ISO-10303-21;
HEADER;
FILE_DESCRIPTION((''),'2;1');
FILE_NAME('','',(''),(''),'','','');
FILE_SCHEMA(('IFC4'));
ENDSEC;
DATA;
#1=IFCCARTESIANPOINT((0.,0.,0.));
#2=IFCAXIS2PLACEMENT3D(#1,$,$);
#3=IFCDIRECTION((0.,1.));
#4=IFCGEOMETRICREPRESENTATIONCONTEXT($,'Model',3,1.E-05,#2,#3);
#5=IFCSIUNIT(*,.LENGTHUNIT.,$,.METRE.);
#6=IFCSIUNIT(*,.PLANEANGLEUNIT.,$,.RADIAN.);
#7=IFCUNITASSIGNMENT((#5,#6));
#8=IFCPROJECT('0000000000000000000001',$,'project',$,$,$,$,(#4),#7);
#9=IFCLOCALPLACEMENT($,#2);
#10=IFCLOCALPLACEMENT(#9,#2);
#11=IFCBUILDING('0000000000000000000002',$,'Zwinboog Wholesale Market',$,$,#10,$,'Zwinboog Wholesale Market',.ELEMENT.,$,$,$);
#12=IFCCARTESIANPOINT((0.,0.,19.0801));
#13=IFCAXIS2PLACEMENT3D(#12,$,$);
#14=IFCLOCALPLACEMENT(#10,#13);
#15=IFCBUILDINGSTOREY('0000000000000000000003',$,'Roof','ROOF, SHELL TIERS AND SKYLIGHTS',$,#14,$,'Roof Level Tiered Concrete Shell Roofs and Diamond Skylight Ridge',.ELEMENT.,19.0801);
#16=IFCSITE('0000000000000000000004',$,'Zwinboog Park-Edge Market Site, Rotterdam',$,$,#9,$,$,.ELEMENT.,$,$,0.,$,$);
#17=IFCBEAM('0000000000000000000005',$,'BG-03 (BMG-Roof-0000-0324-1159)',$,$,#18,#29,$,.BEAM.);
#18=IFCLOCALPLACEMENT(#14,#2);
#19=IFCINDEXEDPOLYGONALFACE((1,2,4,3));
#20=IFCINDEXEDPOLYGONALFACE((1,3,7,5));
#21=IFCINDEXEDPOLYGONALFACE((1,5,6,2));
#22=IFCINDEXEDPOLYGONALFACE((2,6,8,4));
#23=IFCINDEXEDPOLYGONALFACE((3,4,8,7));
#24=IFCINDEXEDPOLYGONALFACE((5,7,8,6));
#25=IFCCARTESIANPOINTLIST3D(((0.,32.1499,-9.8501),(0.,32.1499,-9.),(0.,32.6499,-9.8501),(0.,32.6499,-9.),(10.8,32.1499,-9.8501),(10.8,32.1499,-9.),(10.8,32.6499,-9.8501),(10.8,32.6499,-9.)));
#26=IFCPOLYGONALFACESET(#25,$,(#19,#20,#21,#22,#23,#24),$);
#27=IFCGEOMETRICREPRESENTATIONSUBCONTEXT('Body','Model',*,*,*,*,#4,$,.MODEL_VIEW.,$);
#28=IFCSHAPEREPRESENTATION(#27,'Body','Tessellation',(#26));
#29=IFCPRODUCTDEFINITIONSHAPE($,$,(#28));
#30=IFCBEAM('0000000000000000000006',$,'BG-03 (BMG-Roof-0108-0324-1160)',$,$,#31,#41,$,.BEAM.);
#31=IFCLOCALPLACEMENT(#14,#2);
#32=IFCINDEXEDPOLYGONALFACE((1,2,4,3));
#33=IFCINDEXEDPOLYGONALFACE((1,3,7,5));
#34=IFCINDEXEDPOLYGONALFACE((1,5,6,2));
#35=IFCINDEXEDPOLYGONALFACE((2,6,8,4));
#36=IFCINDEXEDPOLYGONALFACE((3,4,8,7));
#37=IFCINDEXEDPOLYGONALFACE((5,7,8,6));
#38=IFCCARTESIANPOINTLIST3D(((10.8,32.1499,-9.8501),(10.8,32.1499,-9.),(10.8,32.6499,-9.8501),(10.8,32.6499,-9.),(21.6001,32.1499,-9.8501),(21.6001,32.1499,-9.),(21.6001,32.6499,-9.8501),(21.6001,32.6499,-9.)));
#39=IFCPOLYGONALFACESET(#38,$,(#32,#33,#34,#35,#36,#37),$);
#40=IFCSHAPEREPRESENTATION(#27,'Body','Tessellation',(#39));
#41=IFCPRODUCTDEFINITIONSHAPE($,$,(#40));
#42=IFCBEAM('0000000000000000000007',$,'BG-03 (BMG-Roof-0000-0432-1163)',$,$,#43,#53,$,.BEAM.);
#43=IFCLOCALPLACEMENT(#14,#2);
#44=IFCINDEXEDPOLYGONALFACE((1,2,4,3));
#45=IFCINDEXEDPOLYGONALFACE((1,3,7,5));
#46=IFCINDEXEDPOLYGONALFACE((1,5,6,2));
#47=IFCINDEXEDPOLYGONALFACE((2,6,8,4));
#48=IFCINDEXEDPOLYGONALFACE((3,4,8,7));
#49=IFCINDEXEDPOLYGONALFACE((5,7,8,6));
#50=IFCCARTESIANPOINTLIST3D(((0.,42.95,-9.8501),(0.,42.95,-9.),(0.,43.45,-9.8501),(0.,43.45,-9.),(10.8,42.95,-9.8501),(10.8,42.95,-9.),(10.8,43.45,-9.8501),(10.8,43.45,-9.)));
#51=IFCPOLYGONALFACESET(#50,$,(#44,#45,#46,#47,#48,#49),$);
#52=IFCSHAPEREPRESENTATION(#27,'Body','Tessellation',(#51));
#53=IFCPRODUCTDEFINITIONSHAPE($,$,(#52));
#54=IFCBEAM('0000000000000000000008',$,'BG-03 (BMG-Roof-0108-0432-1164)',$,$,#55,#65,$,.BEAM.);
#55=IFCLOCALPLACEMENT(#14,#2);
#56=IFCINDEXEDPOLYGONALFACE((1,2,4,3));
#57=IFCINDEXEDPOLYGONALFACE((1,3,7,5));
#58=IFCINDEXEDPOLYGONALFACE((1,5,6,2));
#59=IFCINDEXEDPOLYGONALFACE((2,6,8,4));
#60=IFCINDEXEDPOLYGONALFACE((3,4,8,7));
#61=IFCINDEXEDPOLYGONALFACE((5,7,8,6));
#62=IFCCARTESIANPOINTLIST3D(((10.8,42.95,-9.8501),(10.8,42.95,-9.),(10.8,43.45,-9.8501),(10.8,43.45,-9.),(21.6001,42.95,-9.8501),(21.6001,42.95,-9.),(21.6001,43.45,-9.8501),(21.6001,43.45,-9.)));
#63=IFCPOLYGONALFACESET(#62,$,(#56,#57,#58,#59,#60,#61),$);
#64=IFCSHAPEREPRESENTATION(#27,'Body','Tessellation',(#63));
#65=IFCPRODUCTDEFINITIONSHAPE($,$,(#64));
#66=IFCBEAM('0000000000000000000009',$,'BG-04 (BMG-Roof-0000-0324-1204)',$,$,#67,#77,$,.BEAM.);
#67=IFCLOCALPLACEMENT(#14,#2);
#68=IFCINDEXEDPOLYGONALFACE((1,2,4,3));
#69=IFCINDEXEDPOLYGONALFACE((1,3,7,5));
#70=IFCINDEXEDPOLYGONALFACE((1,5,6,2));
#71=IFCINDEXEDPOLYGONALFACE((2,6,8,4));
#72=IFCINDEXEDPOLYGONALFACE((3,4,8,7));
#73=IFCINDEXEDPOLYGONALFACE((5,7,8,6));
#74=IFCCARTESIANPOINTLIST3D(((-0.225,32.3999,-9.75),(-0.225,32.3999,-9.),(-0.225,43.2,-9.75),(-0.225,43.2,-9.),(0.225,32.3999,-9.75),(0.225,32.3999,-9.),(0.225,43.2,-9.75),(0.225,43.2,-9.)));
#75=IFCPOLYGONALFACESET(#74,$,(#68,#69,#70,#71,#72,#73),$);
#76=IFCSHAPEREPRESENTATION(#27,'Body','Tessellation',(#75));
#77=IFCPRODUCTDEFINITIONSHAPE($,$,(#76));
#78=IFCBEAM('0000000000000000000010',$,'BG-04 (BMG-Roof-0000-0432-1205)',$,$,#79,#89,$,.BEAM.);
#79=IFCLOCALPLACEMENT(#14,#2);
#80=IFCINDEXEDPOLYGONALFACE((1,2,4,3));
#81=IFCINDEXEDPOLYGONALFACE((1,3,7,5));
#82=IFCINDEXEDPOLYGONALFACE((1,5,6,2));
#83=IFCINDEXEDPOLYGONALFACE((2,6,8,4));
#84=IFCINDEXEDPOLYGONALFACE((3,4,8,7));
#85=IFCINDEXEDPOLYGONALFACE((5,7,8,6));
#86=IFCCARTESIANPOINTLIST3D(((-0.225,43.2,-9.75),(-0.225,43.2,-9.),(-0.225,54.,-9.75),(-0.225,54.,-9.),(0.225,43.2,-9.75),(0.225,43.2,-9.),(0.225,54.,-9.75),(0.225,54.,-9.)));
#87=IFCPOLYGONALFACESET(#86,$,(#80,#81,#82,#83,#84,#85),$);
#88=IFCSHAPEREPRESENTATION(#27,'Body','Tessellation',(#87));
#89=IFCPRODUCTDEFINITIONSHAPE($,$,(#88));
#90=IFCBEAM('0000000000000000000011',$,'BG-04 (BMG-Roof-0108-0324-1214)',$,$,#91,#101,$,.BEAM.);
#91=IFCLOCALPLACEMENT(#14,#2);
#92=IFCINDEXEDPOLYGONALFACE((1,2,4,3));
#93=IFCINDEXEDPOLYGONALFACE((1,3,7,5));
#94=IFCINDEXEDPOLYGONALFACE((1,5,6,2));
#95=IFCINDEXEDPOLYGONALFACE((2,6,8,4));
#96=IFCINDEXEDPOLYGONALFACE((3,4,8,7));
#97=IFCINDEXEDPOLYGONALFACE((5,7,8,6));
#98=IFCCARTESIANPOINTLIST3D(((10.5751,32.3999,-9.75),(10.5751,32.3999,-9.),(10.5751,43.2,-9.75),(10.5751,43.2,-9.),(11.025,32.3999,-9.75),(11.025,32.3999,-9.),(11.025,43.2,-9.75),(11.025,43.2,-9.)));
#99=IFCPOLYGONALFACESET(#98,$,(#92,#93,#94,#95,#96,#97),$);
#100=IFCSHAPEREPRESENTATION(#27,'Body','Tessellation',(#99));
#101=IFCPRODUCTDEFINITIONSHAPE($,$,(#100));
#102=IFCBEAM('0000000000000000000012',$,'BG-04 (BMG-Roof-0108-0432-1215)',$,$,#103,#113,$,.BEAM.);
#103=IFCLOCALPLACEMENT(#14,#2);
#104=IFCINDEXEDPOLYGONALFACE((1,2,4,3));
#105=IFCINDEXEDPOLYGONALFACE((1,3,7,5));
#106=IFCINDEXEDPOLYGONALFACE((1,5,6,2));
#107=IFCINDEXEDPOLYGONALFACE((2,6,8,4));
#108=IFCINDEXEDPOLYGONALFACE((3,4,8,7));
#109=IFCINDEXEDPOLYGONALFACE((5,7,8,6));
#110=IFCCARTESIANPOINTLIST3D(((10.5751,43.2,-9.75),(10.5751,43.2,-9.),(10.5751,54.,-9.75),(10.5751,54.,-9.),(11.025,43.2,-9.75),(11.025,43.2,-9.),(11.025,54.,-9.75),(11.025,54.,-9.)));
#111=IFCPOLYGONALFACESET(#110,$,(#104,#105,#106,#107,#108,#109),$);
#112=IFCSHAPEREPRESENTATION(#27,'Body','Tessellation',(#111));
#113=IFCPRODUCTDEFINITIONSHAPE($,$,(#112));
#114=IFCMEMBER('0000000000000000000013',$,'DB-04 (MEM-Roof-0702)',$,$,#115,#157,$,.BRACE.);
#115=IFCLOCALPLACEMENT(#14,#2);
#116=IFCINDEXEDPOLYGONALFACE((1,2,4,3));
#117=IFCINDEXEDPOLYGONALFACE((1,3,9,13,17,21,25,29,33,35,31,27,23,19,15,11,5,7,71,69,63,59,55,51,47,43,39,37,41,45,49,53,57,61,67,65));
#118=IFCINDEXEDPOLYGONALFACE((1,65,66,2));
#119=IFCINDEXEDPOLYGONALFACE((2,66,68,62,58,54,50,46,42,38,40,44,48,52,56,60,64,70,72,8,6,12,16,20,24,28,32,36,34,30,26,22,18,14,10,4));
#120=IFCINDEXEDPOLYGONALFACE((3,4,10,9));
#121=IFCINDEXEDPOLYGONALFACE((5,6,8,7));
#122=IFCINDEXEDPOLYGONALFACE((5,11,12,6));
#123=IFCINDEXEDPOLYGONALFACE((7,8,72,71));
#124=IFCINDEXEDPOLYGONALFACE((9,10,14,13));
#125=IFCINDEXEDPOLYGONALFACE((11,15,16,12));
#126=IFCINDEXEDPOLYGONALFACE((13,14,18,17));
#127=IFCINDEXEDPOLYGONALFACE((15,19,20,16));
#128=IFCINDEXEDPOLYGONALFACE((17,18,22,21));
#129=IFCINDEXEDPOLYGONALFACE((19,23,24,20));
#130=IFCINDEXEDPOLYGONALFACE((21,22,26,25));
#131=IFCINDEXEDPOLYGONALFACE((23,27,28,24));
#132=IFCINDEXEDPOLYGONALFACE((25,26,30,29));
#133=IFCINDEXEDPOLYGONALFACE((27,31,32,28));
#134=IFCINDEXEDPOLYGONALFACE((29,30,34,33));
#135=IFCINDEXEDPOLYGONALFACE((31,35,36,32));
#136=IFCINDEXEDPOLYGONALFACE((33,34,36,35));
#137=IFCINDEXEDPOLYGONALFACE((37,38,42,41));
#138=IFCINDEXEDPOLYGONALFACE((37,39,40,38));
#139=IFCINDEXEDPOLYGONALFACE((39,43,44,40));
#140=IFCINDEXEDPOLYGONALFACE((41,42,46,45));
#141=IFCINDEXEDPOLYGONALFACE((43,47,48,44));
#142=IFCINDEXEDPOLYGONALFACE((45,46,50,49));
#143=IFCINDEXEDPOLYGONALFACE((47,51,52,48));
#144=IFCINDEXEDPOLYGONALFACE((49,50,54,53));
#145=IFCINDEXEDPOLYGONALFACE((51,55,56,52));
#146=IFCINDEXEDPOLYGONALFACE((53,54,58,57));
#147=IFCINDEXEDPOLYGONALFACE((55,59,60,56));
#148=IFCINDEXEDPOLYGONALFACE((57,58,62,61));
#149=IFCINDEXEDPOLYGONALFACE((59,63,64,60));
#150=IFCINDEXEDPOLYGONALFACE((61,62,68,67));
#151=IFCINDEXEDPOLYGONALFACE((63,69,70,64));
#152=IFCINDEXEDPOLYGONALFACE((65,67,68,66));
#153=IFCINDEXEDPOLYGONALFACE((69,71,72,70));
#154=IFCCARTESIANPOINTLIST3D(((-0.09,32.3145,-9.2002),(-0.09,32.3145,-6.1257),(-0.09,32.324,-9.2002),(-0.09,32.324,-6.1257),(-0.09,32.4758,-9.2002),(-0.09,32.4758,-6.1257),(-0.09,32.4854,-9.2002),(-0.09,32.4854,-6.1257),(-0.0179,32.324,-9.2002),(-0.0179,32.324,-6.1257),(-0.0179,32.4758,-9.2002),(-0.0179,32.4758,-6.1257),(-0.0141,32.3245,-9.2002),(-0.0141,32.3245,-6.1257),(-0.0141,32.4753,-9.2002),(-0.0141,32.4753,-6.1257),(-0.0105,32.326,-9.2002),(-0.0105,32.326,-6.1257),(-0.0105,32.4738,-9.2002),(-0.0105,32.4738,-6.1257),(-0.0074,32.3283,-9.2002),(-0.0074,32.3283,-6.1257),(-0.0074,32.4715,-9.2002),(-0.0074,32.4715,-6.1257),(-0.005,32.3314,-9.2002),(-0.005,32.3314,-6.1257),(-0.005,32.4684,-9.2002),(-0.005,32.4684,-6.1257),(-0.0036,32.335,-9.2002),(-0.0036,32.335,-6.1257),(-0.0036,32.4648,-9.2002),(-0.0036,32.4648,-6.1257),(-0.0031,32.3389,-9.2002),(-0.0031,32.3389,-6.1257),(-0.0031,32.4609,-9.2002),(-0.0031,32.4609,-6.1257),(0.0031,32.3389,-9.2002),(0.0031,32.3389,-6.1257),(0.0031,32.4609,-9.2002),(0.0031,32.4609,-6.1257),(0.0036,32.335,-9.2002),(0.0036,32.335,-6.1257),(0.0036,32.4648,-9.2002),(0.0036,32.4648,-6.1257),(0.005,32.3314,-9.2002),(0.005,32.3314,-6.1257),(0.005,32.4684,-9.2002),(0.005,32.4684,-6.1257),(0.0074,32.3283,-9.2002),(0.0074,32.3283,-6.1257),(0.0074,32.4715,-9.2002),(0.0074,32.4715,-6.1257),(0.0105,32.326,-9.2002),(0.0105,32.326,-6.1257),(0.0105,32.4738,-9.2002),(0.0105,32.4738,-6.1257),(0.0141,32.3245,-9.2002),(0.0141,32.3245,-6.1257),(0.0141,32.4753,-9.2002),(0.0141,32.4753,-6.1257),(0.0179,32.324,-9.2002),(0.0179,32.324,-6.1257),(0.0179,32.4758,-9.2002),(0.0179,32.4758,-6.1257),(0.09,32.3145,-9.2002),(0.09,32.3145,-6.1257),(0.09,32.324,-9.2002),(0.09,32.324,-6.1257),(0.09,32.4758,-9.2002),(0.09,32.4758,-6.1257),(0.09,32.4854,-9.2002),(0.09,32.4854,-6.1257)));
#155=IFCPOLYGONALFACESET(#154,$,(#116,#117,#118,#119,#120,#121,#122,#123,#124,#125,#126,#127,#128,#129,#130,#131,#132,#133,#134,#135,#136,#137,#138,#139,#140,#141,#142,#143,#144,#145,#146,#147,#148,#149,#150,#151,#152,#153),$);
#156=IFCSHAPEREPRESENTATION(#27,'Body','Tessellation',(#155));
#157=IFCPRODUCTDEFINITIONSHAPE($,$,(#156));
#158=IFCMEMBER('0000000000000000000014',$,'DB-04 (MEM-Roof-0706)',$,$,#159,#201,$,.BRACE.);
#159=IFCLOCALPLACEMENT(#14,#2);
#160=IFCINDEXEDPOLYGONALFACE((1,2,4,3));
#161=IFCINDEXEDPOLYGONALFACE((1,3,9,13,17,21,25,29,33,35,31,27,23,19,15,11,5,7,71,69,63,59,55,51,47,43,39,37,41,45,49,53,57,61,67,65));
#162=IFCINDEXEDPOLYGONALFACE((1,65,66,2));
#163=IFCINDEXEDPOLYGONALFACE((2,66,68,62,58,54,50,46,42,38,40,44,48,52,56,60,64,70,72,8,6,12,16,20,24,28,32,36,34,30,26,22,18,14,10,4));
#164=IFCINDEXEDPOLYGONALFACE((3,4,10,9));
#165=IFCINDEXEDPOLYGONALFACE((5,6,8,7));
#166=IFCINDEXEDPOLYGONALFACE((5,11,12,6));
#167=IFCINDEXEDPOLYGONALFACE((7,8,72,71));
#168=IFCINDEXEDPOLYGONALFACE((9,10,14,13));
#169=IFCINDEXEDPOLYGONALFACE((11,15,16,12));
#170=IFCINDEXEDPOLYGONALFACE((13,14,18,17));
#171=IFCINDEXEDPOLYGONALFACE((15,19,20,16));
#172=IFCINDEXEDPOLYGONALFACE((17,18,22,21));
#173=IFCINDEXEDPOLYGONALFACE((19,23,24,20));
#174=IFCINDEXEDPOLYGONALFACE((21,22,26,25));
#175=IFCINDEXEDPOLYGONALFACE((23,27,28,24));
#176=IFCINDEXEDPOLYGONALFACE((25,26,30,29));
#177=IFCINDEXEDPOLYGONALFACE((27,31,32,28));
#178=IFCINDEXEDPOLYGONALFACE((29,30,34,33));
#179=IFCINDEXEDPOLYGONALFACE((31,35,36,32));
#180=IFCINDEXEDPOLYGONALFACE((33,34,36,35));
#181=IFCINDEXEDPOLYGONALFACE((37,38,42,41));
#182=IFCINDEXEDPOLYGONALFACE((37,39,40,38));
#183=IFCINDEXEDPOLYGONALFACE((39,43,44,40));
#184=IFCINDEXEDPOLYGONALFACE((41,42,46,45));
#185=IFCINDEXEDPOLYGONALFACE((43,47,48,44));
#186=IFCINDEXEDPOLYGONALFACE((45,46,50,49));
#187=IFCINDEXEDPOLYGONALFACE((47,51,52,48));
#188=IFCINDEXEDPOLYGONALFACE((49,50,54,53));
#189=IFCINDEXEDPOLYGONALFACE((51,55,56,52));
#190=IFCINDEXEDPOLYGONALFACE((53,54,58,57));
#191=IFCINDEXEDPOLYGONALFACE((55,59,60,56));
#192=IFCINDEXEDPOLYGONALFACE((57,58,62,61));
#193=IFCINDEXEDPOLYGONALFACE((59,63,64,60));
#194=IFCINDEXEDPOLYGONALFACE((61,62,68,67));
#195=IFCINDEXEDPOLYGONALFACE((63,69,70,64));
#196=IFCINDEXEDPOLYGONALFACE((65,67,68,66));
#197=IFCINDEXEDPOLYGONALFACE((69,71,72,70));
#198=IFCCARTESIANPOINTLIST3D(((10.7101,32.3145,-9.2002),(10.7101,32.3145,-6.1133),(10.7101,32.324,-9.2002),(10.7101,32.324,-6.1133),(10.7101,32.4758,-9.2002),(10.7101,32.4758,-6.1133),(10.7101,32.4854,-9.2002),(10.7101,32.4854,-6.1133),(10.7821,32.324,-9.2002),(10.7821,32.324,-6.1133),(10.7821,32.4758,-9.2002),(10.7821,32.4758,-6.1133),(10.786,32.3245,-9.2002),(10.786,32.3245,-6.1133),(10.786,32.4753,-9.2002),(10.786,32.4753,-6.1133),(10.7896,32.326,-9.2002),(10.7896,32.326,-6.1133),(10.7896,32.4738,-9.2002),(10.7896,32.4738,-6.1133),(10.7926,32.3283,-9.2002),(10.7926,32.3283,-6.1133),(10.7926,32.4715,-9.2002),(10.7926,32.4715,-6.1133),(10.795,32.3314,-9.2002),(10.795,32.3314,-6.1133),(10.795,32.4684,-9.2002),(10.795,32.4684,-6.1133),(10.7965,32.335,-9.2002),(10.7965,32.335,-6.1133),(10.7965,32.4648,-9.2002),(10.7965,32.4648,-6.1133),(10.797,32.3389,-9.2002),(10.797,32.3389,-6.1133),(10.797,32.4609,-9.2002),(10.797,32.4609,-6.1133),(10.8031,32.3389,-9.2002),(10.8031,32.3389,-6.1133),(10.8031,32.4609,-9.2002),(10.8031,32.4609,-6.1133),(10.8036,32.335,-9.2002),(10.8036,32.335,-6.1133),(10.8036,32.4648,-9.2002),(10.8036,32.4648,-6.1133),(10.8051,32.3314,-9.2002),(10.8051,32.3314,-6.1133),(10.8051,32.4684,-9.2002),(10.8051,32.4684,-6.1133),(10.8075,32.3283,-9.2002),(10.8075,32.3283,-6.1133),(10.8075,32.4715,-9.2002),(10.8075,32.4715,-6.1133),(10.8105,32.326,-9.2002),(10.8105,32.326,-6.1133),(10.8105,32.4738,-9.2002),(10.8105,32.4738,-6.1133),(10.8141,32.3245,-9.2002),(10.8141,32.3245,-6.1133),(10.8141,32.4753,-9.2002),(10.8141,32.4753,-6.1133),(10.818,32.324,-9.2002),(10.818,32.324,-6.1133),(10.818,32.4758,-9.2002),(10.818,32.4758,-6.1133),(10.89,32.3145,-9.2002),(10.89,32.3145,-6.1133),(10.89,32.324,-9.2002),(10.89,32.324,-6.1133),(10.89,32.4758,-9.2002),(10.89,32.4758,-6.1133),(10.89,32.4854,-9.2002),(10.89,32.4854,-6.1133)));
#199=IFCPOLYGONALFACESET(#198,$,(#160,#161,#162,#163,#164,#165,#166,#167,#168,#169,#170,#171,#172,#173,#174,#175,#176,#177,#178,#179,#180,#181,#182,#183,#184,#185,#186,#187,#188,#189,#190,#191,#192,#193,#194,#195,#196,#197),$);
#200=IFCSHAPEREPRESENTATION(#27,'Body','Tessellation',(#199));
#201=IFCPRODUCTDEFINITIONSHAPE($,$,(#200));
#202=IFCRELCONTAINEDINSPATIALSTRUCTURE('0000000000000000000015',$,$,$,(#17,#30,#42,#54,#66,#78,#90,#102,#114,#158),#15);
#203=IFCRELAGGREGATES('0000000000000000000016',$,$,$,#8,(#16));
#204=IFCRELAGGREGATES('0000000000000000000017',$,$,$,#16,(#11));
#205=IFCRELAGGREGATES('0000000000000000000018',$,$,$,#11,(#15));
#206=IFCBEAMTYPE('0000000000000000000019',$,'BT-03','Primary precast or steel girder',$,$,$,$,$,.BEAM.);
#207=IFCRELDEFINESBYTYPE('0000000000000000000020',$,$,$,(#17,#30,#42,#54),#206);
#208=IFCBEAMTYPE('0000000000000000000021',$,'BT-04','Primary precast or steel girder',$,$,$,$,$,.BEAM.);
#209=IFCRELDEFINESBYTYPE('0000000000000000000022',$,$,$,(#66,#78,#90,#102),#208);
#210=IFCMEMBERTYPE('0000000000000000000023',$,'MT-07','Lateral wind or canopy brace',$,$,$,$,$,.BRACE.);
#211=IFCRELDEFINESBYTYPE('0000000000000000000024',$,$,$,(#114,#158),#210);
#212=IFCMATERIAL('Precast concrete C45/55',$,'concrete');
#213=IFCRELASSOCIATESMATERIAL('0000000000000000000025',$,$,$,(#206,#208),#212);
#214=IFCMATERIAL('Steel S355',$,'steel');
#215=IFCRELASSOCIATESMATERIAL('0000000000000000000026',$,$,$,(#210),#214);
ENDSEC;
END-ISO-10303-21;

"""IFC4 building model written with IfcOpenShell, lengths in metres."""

from ifc_helpers import new_model, si_unit, direction, frame, origin, origin_2d, place, context, subcontext, project, spatial, rectangle, i_section, extrude, material, material_profile, profile_set, type_object, element, save


model = new_model("IFC4")

# Units and contexts
model_context = context("Model", 3, precision=1e-05, world=origin(), true_north=direction((0.0, 1.0)))
body_context = subcontext(model_context, "Body", "Model", "MODEL_VIEW")
ifc_project = project(units=[si_unit("LENGTHUNIT", "METRE"), si_unit("PLANEANGLEUNIT", "RADIAN")], contexts=[model_context])

# Site, building, storey
site_placement = place(None, origin())
site = spatial("IfcSite", under=ifc_project, at=site_placement, Name="Zwinboog Park-Edge Market Site, Rotterdam", CompositionType="ELEMENT", RefElevation=0.0)
building_placement = place(site_placement, origin())
building = spatial("IfcBuilding", under=site, at=building_placement, Name="Zwinboog Wholesale Market", LongName="Zwinboog Wholesale Market", CompositionType="ELEMENT")
storey_placement = place(building_placement, frame((0.0, 0.0, 19.0801)))
storey = spatial("IfcBuildingStorey", under=building, at=storey_placement, Name="Roof", Description="ROOF, SHELL TIERS AND SKYLIGHTS", LongName="Roof Level Tiered Concrete Shell Roofs and Diamond Skylight Ridge", CompositionType="ELEMENT", Elevation=19.0801)

# Beams
ifc_material_1 = material(Name="Precast concrete C45/55", Category="concrete")
ifc_material_profile_1 = material_profile(ifc_material_1, rectangle(XDim=0.5, YDim=0.8501, at=origin_2d()), Name="PC 500x850")
ifc_profile_set_1 = profile_set([ifc_material_profile_1], Name="Precast concrete C45/55")
beam_type_1 = type_object("IfcBeamType", Name="BT-03", Description="Primary precast or steel girder", PredefinedType="BEAM", material=ifc_profile_set_1)
for number, where, z_axis, x_axis, name in (
    (1, (0.0, 32.3999, -9.425), (1.0, 0.0, 0.0), (0.0, 1.0, 0.0), "BG-03 (BMG-Roof-0000-0324-1159)"),
    (2, (10.8, 32.3999, -9.425), (1.0, 0.0, 0.0), (0.0, 1.0, 0.0), "BG-03 (BMG-Roof-0108-0324-1160)"),
    (3, (0.0, 43.2, -9.425), (1.0, 0.0, 0.0), (0.0, 1.0, 0.0), "BG-03 (BMG-Roof-0000-0432-1163)"),
    (4, (10.8, 43.2, -9.425), (1.0, 0.0, 0.0), (0.0, 1.0, 0.0), "BG-03 (BMG-Roof-0108-0432-1164)"),
):
    element("IfcBeam", number, at=place(storey_placement, frame(where, z_axis=z_axis, x_axis=x_axis)), inside=storey, type_object=beam_type_1, Name=name, PredefinedType="BEAM", context=body_context, shape_type="SweptSolid", body=[
        extrude(rectangle(XDim=0.5, YDim=0.8501, at=origin_2d()), origin(), (0.0, 0.0, 1.0), 10.8),
    ])
ifc_material_profile_2 = material_profile(ifc_material_1, rectangle(XDim=0.45, YDim=0.75, at=origin_2d()), Name="PC 450x750")
ifc_profile_set_2 = profile_set([ifc_material_profile_2], Name="Precast concrete C45/55")
beam_type_2 = type_object("IfcBeamType", Name="BT-04", Description="Primary precast or steel girder", PredefinedType="BEAM", material=ifc_profile_set_2)
for number, where, z_axis, x_axis, name in (
    (5, (0.0, 32.3999, -9.375), (0.0, 1.0, 0.0), (-1.0, 0.0, 0.0), "BG-04 (BMG-Roof-0000-0324-1204)"),
    (6, (0.0, 43.2, -9.375), (0.0, 1.0, 0.0), (-1.0, 0.0, 0.0), "BG-04 (BMG-Roof-0000-0432-1205)"),
    (7, (10.8, 32.3999, -9.375), (0.0, 1.0, 0.0), (-1.0, 0.0, 0.0), "BG-04 (BMG-Roof-0108-0324-1214)"),
    (8, (10.8, 43.2, -9.375), (0.0, 1.0, 0.0), (-1.0, 0.0, 0.0), "BG-04 (BMG-Roof-0108-0432-1215)"),
):
    element("IfcBeam", number, at=place(storey_placement, frame(where, z_axis=z_axis, x_axis=x_axis)), inside=storey, type_object=beam_type_2, Name=name, PredefinedType="BEAM", context=body_context, shape_type="SweptSolid", body=[
        extrude(rectangle(XDim=0.45, YDim=0.75, at=origin_2d()), origin(), (0.0, 0.0, 1.0), 10.8),
    ])

# Members
ifc_material_2 = material(Name="Steel S355", Category="steel")
ifc_material_profile_3 = material_profile(ifc_material_2, i_section(OverallWidth=0.1799, OverallDepth=0.1709, WebThickness=0.0061, FlangeThickness=0.0095, FilletRadius=0.0149, at=origin_2d()), Name="HEA 180")
ifc_profile_set_3 = profile_set([ifc_material_profile_3], Name="Steel S355")
member_type_1 = type_object("IfcMemberType", Name="MT-07", Description="Lateral wind or canopy brace", PredefinedType="BRACE", material=ifc_profile_set_3)
member_1_placement = place(storey_placement, frame((0.0, 32.3999, -9.2002), z_axis=(0.0, 0.0, 1.0), x_axis=(1.0, 0.0, 0.0)))
element("IfcMember", 9, at=member_1_placement, inside=storey, type_object=member_type_1, Name="DB-04 (MEM-Roof-0702)", PredefinedType="BRACE", context=body_context, shape_type="SweptSolid", body=[
    extrude(i_section(OverallWidth=0.1799, OverallDepth=0.1709, WebThickness=0.0061, FlangeThickness=0.0095, FilletRadius=0.0149, at=origin_2d()), origin(), (0.0, 0.0, 1.0), 3.0745),
])
member_2_placement = place(storey_placement, frame((10.8, 32.3999, -9.2002), z_axis=(0.0, 0.0, 1.0), x_axis=(1.0, 0.0, 0.0)))
element("IfcMember", 10, at=member_2_placement, inside=storey, type_object=member_type_1, Name="DB-04 (MEM-Roof-0706)", PredefinedType="BRACE", context=body_context, shape_type="SweptSolid", body=[
    extrude(i_section(OverallWidth=0.1799, OverallDepth=0.1709, WebThickness=0.0061, FlangeThickness=0.0095, FilletRadius=0.0149, at=origin_2d()), origin(), (0.0, 0.0, 1.0), 3.0869),
])

save(model, "model.ifc")
